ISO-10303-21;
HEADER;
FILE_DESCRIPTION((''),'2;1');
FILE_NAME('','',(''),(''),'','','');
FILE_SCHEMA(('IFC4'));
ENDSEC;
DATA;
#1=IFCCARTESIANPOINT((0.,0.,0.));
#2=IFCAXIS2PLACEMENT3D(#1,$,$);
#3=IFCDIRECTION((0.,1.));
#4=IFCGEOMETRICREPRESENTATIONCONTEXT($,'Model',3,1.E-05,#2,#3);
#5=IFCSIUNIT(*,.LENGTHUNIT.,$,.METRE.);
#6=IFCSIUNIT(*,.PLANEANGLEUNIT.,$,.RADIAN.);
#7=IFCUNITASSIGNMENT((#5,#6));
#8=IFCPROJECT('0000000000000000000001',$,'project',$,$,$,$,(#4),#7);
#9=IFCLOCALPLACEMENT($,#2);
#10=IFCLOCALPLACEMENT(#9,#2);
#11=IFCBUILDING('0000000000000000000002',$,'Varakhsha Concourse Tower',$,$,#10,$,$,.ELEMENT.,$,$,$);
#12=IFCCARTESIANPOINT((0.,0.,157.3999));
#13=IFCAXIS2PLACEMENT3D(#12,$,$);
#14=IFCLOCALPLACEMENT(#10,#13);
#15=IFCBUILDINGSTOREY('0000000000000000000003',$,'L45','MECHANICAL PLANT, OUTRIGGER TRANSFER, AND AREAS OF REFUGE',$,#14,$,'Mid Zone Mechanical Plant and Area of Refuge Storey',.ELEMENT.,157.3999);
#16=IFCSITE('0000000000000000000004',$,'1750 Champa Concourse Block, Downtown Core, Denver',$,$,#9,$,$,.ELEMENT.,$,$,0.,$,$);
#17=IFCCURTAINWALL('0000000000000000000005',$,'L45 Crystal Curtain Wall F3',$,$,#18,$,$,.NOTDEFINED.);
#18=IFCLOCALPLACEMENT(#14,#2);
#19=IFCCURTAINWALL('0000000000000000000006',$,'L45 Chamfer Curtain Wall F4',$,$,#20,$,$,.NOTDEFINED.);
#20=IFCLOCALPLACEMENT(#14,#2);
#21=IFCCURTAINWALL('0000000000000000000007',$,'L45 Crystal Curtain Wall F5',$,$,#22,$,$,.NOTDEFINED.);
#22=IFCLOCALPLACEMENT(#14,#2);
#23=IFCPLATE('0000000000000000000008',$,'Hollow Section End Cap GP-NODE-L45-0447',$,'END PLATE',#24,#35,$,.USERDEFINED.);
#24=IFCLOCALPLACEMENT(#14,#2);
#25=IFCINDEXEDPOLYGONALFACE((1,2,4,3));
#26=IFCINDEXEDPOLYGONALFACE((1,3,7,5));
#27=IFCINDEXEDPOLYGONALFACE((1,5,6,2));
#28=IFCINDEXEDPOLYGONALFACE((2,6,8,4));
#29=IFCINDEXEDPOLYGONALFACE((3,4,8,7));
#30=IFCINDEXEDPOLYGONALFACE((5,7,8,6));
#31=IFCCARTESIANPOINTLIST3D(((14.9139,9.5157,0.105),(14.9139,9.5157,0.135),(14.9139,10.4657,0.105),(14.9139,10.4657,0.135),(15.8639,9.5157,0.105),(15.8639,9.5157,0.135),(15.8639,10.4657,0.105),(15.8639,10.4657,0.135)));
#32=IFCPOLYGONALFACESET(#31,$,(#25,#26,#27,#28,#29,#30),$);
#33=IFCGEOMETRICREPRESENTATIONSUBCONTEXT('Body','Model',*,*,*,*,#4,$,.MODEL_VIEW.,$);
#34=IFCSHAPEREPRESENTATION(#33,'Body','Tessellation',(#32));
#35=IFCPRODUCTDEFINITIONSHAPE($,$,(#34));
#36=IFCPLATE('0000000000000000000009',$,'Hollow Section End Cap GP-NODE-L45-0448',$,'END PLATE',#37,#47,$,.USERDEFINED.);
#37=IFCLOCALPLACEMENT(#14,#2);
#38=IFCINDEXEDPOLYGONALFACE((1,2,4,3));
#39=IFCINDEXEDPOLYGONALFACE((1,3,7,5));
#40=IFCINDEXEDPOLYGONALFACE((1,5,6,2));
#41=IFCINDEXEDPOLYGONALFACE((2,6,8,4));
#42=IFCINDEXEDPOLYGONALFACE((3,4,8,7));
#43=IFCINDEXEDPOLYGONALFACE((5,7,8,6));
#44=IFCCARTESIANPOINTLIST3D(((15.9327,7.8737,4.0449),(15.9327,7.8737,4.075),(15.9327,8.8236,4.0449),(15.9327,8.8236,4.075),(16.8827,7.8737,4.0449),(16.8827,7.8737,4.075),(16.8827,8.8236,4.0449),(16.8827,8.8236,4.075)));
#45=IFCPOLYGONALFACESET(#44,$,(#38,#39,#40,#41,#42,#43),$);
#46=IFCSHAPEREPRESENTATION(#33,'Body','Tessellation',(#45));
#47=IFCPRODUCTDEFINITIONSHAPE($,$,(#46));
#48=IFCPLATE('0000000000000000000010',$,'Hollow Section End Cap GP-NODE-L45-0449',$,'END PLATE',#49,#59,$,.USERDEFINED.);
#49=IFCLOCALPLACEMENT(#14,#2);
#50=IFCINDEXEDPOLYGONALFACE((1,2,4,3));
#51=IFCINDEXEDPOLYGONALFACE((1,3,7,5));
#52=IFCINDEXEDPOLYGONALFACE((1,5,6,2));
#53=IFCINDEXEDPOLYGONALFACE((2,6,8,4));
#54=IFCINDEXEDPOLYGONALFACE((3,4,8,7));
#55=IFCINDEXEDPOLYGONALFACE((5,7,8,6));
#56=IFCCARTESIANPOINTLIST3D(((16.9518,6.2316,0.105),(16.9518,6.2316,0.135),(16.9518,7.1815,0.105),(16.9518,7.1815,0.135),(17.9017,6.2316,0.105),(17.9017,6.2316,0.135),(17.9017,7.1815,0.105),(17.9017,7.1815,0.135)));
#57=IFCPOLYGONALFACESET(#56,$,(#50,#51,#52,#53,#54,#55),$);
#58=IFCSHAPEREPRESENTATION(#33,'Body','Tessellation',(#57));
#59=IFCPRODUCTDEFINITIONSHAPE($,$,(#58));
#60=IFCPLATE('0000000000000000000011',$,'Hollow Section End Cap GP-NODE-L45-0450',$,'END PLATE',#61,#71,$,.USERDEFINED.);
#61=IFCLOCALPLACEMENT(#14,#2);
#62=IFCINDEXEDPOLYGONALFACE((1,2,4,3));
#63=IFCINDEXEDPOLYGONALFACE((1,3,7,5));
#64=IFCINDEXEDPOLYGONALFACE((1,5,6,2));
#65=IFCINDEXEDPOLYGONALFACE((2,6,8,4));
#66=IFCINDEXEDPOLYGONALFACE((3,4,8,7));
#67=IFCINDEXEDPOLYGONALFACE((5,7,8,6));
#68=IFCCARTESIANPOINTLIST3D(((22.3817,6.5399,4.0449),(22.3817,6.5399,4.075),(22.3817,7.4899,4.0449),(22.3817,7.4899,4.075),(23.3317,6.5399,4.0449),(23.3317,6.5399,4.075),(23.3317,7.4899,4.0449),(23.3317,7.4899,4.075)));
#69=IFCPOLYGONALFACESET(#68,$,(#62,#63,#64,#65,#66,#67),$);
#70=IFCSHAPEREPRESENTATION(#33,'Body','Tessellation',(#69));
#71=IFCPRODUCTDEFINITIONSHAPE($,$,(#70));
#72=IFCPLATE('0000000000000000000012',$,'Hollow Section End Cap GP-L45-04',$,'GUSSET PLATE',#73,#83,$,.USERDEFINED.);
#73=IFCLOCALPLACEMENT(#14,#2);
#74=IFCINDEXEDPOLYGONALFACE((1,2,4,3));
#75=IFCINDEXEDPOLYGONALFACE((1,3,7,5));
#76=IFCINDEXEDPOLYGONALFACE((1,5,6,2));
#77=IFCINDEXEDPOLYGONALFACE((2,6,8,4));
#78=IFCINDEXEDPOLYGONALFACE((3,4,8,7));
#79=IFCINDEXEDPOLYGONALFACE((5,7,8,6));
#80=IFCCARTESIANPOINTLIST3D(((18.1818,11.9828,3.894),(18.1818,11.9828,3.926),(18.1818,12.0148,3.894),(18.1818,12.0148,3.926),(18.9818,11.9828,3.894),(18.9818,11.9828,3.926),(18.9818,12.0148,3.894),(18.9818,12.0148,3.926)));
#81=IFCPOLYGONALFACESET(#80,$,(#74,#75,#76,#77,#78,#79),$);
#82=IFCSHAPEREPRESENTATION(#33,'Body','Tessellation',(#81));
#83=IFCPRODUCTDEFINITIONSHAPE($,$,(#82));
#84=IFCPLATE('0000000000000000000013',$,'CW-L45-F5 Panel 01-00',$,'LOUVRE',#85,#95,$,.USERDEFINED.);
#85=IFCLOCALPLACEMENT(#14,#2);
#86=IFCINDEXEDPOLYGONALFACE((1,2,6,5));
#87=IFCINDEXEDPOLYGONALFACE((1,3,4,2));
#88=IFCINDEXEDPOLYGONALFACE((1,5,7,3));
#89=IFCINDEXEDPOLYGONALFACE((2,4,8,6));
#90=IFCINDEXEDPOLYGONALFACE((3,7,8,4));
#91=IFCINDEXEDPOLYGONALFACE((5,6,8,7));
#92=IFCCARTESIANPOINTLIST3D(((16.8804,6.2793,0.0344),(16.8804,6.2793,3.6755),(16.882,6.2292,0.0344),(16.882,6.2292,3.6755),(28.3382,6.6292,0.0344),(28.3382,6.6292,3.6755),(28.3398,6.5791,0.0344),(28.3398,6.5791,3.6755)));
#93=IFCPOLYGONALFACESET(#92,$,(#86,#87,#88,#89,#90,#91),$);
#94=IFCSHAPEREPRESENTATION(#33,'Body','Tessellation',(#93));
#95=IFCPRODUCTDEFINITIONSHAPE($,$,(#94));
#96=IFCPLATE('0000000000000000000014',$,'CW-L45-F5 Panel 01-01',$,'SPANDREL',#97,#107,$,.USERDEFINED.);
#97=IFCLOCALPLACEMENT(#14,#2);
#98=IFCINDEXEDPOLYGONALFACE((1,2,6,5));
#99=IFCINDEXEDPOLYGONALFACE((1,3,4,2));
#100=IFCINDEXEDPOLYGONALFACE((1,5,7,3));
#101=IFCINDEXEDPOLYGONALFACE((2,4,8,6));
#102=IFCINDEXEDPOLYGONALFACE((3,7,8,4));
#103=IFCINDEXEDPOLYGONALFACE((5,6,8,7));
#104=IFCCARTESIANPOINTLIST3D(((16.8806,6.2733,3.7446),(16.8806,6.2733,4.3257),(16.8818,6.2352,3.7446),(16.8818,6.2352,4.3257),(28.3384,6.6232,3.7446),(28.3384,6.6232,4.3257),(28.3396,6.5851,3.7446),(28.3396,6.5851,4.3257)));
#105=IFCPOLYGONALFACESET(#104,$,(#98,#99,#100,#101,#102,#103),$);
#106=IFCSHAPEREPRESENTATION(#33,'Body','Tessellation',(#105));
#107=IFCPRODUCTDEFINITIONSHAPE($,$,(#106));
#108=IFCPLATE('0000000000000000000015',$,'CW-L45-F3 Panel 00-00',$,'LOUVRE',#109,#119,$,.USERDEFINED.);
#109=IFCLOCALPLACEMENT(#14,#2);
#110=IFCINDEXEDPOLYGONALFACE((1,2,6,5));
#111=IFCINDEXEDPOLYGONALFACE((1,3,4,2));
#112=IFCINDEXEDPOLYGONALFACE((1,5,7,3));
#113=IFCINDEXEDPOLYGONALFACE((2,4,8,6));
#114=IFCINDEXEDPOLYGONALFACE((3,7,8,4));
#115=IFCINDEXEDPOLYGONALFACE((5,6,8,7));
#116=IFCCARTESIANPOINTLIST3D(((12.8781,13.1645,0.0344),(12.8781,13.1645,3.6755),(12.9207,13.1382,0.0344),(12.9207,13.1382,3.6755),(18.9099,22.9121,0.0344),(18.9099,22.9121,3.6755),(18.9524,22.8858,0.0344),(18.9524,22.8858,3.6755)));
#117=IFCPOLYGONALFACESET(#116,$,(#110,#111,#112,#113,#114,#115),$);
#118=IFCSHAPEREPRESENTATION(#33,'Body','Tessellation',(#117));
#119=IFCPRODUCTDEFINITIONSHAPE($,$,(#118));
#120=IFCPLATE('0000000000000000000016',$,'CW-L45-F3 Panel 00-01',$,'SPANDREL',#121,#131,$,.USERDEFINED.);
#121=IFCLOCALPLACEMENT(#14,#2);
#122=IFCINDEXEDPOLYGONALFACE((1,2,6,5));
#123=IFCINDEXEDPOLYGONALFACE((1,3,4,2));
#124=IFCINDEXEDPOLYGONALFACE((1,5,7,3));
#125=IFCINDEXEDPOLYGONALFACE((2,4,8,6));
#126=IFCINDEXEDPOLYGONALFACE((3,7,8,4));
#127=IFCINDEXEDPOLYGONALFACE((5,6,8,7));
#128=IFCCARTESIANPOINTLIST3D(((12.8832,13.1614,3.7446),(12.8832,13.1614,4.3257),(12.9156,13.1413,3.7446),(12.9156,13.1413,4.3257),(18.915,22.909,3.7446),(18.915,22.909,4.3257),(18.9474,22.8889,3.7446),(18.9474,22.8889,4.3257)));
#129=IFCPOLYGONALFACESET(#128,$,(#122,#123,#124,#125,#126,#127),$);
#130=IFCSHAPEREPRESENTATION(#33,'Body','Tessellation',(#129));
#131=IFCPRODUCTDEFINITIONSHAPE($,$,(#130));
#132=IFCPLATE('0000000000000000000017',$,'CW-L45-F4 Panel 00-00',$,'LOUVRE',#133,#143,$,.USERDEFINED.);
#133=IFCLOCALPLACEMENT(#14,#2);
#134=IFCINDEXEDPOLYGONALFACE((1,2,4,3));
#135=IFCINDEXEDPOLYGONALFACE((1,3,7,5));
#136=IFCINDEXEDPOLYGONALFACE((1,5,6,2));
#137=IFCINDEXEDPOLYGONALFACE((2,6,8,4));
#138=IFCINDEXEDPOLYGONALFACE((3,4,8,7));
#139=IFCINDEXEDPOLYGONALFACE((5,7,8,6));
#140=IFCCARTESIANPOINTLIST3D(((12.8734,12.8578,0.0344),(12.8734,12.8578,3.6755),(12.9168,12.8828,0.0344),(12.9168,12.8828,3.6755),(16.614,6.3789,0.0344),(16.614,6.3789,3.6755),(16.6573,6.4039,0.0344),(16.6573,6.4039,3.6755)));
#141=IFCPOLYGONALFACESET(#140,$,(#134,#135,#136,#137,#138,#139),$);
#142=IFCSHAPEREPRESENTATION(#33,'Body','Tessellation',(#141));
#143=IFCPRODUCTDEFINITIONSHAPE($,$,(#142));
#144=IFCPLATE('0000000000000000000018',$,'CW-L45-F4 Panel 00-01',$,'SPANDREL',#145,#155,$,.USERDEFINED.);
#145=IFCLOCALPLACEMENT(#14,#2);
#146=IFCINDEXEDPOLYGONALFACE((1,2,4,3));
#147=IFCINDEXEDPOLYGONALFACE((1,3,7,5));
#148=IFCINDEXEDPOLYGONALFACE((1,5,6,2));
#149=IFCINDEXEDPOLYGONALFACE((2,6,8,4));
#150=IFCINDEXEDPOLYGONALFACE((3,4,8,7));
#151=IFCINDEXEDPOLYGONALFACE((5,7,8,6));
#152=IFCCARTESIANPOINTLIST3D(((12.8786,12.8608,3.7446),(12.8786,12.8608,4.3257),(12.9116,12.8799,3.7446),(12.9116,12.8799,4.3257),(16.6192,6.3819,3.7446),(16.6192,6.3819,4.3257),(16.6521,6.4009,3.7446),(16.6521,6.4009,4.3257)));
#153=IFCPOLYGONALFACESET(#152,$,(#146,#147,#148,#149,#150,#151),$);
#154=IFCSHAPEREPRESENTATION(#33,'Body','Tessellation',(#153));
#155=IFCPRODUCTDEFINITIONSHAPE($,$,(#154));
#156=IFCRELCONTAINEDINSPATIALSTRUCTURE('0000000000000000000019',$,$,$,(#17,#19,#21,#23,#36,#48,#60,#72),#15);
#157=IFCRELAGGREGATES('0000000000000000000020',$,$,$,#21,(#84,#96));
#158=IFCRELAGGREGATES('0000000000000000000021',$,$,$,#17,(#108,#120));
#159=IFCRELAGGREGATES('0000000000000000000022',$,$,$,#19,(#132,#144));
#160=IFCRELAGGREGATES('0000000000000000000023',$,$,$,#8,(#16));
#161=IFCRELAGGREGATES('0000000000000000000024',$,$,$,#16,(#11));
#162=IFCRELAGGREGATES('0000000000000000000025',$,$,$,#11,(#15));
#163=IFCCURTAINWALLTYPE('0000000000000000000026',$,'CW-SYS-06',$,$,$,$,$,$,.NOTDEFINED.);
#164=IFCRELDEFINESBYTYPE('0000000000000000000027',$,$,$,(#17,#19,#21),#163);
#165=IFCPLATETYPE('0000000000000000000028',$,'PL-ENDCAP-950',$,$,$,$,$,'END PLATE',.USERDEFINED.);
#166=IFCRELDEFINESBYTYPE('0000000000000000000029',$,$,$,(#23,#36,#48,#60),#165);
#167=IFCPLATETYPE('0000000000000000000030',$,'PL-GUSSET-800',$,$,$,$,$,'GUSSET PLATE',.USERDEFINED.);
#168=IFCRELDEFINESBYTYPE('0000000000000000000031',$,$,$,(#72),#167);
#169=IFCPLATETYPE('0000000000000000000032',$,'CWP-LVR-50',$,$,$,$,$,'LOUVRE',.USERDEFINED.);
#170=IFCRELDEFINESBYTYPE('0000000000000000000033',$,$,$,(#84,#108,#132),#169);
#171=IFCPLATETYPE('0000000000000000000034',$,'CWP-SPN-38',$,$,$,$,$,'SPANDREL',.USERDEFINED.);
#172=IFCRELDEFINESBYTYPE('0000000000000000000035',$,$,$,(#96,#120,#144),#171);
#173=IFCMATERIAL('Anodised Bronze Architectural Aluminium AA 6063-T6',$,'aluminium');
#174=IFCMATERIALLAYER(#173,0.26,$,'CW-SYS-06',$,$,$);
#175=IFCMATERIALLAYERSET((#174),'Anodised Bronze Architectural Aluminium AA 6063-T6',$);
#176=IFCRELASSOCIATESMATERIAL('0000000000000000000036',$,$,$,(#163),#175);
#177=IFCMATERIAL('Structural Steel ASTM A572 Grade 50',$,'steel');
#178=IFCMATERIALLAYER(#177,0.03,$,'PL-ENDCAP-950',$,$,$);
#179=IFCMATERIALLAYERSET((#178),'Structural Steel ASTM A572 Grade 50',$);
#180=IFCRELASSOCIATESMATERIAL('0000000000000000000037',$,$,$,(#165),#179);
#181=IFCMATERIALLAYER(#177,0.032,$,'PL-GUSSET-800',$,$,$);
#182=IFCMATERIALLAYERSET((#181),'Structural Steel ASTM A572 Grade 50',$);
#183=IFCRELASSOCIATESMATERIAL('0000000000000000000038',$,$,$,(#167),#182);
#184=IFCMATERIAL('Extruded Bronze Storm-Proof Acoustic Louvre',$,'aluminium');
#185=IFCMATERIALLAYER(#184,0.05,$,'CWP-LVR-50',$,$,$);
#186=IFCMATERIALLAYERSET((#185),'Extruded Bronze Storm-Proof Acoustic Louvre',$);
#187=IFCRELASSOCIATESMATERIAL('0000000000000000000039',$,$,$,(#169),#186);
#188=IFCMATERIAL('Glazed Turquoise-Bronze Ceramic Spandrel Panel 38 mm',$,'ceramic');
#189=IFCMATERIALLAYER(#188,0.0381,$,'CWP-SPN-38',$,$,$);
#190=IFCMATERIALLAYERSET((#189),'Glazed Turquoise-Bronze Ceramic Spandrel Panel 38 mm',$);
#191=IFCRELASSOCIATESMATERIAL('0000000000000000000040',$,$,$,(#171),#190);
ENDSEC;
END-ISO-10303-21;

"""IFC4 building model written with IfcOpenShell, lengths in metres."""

from ifc_helpers import new_model, si_unit, direction, frame, origin, origin_2d, place, context, subcontext, project, spatial, rectangle, extrude, source, transform, mapped, material, layer, layer_set, type_object, type_shapes, element, aggregate, save


model = new_model("IFC4")

# Units and contexts
model_context = context("Model", 3, precision=1e-05, world=origin(), true_north=direction((0.0, 1.0)))
body_context = subcontext(model_context, "Body", "Model", "MODEL_VIEW")
ifc_project = project(units=[si_unit("LENGTHUNIT", "METRE"), si_unit("PLANEANGLEUNIT", "RADIAN")], contexts=[model_context])

# Site, building, storey
site_placement = place(None, origin())
site = spatial("IfcSite", under=ifc_project, at=site_placement, Name="1750 Champa Concourse Block, Downtown Core, Denver", CompositionType="ELEMENT", RefElevation=0.0)
building_placement = place(site_placement, origin())
building = spatial("IfcBuilding", under=site, at=building_placement, Name="Varakhsha Concourse Tower", CompositionType="ELEMENT")
storey_placement = place(building_placement, frame((0.0, 0.0, 157.3999)))
storey = spatial("IfcBuildingStorey", under=building, at=storey_placement, Name="L45", Description="MECHANICAL PLANT, OUTRIGGER TRANSFER, AND AREAS OF REFUGE", LongName="Mid Zone Mechanical Plant and Area of Refuge Storey", CompositionType="ELEMENT", Elevation=157.3999)

# Shared definitions
ifc_material_1 = material(Name="Structural Steel ASTM A572 Grade 50", Category="steel")

# Curtain wall
ifc_material_2 = material(Name="Anodised Bronze Architectural Aluminium AA 6063-T6", Category="aluminium")
ifc_layer_1 = layer(ifc_material_2, 0.26, Name="CW-SYS-06")
ifc_layer_set_1 = layer_set([ifc_layer_1], Name="Anodised Bronze Architectural Aluminium AA 6063-T6")
curtain_wall_type = type_object("IfcCurtainWallType", Name="CW-SYS-06", PredefinedType="NOTDEFINED", material=ifc_layer_set_1)
curtain_wall_1_placement = place(storey_placement, origin())
curtain_wall_1 = element("IfcCurtainWall", 1, at=curtain_wall_1_placement, inside=storey, type_object=curtain_wall_type, Name="L45 Crystal Curtain Wall F3", PredefinedType="NOTDEFINED")

# Curtain wall
curtain_wall_2_placement = place(storey_placement, origin())
curtain_wall_2 = element("IfcCurtainWall", 2, at=curtain_wall_2_placement, inside=storey, type_object=curtain_wall_type, Name="L45 Chamfer Curtain Wall F4", PredefinedType="NOTDEFINED")

# Curtain wall
curtain_wall_3_placement = place(storey_placement, origin())
curtain_wall_3 = element("IfcCurtainWall", 3, at=curtain_wall_3_placement, inside=storey, type_object=curtain_wall_type, Name="L45 Crystal Curtain Wall F5", PredefinedType="NOTDEFINED")

# Plates
ifc_layer_2 = layer(ifc_material_1, 0.03, Name="PL-ENDCAP-950")
ifc_layer_set_2 = layer_set([ifc_layer_2], Name="Structural Steel ASTM A572 Grade 50")
plate_type_1 = type_object("IfcPlateType", Name="PL-ENDCAP-950", ElementType="END PLATE", PredefinedType="USERDEFINED", material=ifc_layer_set_2)
shared_shape_1 = source(origin(), body_context, "Body", "SweptSolid", [
    extrude(rectangle(XDim=0.95, YDim=0.95, at=origin_2d()), origin(), (0.0, 0.0, 1.0), 0.03),
])
type_shapes(plate_type_1, [shared_shape_1])
for number, where, z_axis, x_axis, name in (
    (4, (15.3889, 9.9907, 0.105), (0.0, 0.0, 1.0), (1.0, 0.0, 0.0), "Hollow Section End Cap GP-NODE-L45-0447"),
    (5, (16.4077, 8.3486, 4.0449), (0.0, 0.0, 1.0), (1.0, 0.0, 0.0), "Hollow Section End Cap GP-NODE-L45-0448"),
    (6, (17.4268, 6.7065, 0.105), (0.0, 0.0, 1.0), (1.0, 0.0, 0.0), "Hollow Section End Cap GP-NODE-L45-0449"),
    (7, (22.8567, 7.0149, 4.0449), (0.0, 0.0, 1.0), (1.0, 0.0, 0.0), "Hollow Section End Cap GP-NODE-L45-0450"),
):
    element("IfcPlate", number, at=place(storey_placement, frame(where, z_axis=z_axis, x_axis=x_axis)), inside=storey, type_object=plate_type_1, Name=name, ObjectType="END PLATE", PredefinedType="USERDEFINED", context=body_context, shape_type="MappedRepresentation", body=[
        mapped(shared_shape_1, transform((0.0, 0.0, 0.0), scale=1.0)),
    ])
ifc_layer_3 = layer(ifc_material_1, 0.032, Name="PL-GUSSET-800")
ifc_layer_set_3 = layer_set([ifc_layer_3], Name="Structural Steel ASTM A572 Grade 50")
plate_type_2 = type_object("IfcPlateType", Name="PL-GUSSET-800", ElementType="GUSSET PLATE", PredefinedType="USERDEFINED", material=ifc_layer_set_3)
shared_shape_2 = source(origin(), body_context, "Body", "SweptSolid", [
    extrude(rectangle(XDim=0.8, YDim=0.032, at=origin_2d()), origin(), (0.0, 0.0, 1.0), 0.032),
])
type_shapes(plate_type_2, [shared_shape_2])
plate_1_placement = place(storey_placement, frame((18.5818, 11.9988, 3.894), z_axis=(0.0, 0.0, 1.0), x_axis=(1.0, 0.0, 0.0)))
element("IfcPlate", 8, at=plate_1_placement, inside=storey, type_object=plate_type_2, Name="Hollow Section End Cap GP-L45-04", ObjectType="GUSSET PLATE", PredefinedType="USERDEFINED", context=body_context, shape_type="MappedRepresentation", body=[
    mapped(shared_shape_2, transform((0.0, 0.0, 0.0), scale=1.0)),
])

# Plates
ifc_material_3 = material(Name="Extruded Bronze Storm-Proof Acoustic Louvre", Category="aluminium")
ifc_layer_4 = layer(ifc_material_3, 0.05, Name="CWP-LVR-50")
ifc_layer_set_4 = layer_set([ifc_layer_4], Name="Extruded Bronze Storm-Proof Acoustic Louvre")
plate_type_3 = type_object("IfcPlateType", Name="CWP-LVR-50", ElementType="LOUVRE", PredefinedType="USERDEFINED", material=ifc_layer_set_4)
shared_shape_3 = source(origin(), body_context, "Body", "SweptSolid", [
    extrude(rectangle(XDim=11.4631, YDim=0.05, at=origin_2d()), origin(), (0.0, 0.0, 1.0), 3.6411),
])
plate_2_placement = place(storey_placement, frame((22.6101, 6.4292, 0.0344), z_axis=(0.0, 0.0, 1.0), x_axis=(-0.999534, -0.030523, 0.0)))
plate_2 = element("IfcPlate", 9, at=plate_2_placement, type_object=plate_type_3, Name="CW-L45-F5 Panel 01-00", ObjectType="LOUVRE", PredefinedType="USERDEFINED", context=body_context, shape_type="MappedRepresentation", body=[
    mapped(shared_shape_3, transform((0.0, 0.0, 0.0), scale=1.0)),
])
ifc_material_4 = material(Name="Glazed Turquoise-Bronze Ceramic Spandrel Panel 38 mm", Category="ceramic")
ifc_layer_5 = layer(ifc_material_4, 0.0381, Name="CWP-SPN-38")
ifc_layer_set_5 = layer_set([ifc_layer_5], Name="Glazed Turquoise-Bronze Ceramic Spandrel Panel 38 mm")
plate_type_4 = type_object("IfcPlateType", Name="CWP-SPN-38", ElementType="SPANDREL", PredefinedType="USERDEFINED", material=ifc_layer_set_5)
shared_shape_4 = source(origin(), body_context, "Body", "SweptSolid", [
    extrude(rectangle(XDim=11.4631, YDim=0.0381, at=origin_2d()), origin(), (0.0, 0.0, 1.0), 0.5811),
])
plate_3_placement = place(storey_placement, frame((22.6101, 6.4292, 3.7446), z_axis=(0.0, 0.0, 1.0), x_axis=(-0.999534, -0.030523, 0.0)))
plate_3 = element("IfcPlate", 10, at=plate_3_placement, type_object=plate_type_4, Name="CW-L45-F5 Panel 01-01", ObjectType="SPANDREL", PredefinedType="USERDEFINED", context=body_context, shape_type="MappedRepresentation", body=[
    mapped(shared_shape_4, transform((0.0, 0.0, 0.0), scale=1.0)),
])
aggregate(curtain_wall_3, [plate_2, plate_3])
shared_shape_5 = source(origin(), body_context, "Body", "SweptSolid", [
    extrude(rectangle(XDim=11.4629, YDim=0.05, at=origin_2d()), origin(), (0.0, 0.0, 1.0), 3.6411),
])
plate_4_placement = place(storey_placement, frame((15.9153, 18.0251, 0.0344), z_axis=(0.0, 0.0, 1.0), x_axis=(0.526199, 0.850361, 0.0)))
plate_4 = element("IfcPlate", 11, at=plate_4_placement, type_object=plate_type_3, Name="CW-L45-F3 Panel 00-00", ObjectType="LOUVRE", PredefinedType="USERDEFINED", context=body_context, shape_type="MappedRepresentation", body=[
    mapped(shared_shape_5, transform((0.0, 0.0, 0.0), scale=1.0)),
])
shared_shape_6 = source(origin(), body_context, "Body", "SweptSolid", [
    extrude(rectangle(XDim=11.4629, YDim=0.0381, at=origin_2d()), origin(), (0.0, 0.0, 1.0), 0.5811),
])
plate_5_placement = place(storey_placement, frame((15.9153, 18.0251, 3.7446), z_axis=(0.0, 0.0, 1.0), x_axis=(0.526199, 0.850361, 0.0)))
plate_5 = element("IfcPlate", 12, at=plate_5_placement, type_object=plate_type_4, Name="CW-L45-F3 Panel 00-01", ObjectType="SPANDREL", PredefinedType="USERDEFINED", context=body_context, shape_type="MappedRepresentation", body=[
    mapped(shared_shape_6, transform((0.0, 0.0, 0.0), scale=1.0)),
])
aggregate(curtain_wall_1, [plate_4, plate_5])
shared_shape_7 = source(origin(), body_context, "Body", "SweptSolid", [
    extrude(rectangle(XDim=7.4812, YDim=0.05, at=origin_2d()), origin(), (0.0, 0.0, 1.0), 3.6411),
])
type_shapes(plate_type_3, [shared_shape_3, shared_shape_5, shared_shape_7])
plate_6_placement = place(storey_placement, frame((14.7654, 9.6309, 0.0344), z_axis=(0.0, 0.0, 1.0), x_axis=(-0.499991, 0.866031, 0.0)))
plate_6 = element("IfcPlate", 13, at=plate_6_placement, type_object=plate_type_3, Name="CW-L45-F4 Panel 00-00", ObjectType="LOUVRE", PredefinedType="USERDEFINED", context=body_context, shape_type="MappedRepresentation", body=[
    mapped(shared_shape_7, transform((0.0, 0.0, 0.0), scale=1.0)),
])
shared_shape_8 = source(origin(), body_context, "Body", "SweptSolid", [
    extrude(rectangle(XDim=7.4812, YDim=0.0381, at=origin_2d()), origin(), (0.0, 0.0, 1.0), 0.5811),
])
type_shapes(plate_type_4, [shared_shape_4, shared_shape_6, shared_shape_8])
plate_7_placement = place(storey_placement, frame((14.7654, 9.6309, 3.7446), z_axis=(0.0, 0.0, 1.0), x_axis=(-0.499991, 0.866031, 0.0)))
plate_7 = element("IfcPlate", 14, at=plate_7_placement, type_object=plate_type_4, Name="CW-L45-F4 Panel 00-01", ObjectType="SPANDREL", PredefinedType="USERDEFINED", context=body_context, shape_type="MappedRepresentation", body=[
    mapped(shared_shape_8, transform((0.0, 0.0, 0.0), scale=1.0)),
])
aggregate(curtain_wall_2, [plate_6, plate_7])

save(model, "model.ifc")
